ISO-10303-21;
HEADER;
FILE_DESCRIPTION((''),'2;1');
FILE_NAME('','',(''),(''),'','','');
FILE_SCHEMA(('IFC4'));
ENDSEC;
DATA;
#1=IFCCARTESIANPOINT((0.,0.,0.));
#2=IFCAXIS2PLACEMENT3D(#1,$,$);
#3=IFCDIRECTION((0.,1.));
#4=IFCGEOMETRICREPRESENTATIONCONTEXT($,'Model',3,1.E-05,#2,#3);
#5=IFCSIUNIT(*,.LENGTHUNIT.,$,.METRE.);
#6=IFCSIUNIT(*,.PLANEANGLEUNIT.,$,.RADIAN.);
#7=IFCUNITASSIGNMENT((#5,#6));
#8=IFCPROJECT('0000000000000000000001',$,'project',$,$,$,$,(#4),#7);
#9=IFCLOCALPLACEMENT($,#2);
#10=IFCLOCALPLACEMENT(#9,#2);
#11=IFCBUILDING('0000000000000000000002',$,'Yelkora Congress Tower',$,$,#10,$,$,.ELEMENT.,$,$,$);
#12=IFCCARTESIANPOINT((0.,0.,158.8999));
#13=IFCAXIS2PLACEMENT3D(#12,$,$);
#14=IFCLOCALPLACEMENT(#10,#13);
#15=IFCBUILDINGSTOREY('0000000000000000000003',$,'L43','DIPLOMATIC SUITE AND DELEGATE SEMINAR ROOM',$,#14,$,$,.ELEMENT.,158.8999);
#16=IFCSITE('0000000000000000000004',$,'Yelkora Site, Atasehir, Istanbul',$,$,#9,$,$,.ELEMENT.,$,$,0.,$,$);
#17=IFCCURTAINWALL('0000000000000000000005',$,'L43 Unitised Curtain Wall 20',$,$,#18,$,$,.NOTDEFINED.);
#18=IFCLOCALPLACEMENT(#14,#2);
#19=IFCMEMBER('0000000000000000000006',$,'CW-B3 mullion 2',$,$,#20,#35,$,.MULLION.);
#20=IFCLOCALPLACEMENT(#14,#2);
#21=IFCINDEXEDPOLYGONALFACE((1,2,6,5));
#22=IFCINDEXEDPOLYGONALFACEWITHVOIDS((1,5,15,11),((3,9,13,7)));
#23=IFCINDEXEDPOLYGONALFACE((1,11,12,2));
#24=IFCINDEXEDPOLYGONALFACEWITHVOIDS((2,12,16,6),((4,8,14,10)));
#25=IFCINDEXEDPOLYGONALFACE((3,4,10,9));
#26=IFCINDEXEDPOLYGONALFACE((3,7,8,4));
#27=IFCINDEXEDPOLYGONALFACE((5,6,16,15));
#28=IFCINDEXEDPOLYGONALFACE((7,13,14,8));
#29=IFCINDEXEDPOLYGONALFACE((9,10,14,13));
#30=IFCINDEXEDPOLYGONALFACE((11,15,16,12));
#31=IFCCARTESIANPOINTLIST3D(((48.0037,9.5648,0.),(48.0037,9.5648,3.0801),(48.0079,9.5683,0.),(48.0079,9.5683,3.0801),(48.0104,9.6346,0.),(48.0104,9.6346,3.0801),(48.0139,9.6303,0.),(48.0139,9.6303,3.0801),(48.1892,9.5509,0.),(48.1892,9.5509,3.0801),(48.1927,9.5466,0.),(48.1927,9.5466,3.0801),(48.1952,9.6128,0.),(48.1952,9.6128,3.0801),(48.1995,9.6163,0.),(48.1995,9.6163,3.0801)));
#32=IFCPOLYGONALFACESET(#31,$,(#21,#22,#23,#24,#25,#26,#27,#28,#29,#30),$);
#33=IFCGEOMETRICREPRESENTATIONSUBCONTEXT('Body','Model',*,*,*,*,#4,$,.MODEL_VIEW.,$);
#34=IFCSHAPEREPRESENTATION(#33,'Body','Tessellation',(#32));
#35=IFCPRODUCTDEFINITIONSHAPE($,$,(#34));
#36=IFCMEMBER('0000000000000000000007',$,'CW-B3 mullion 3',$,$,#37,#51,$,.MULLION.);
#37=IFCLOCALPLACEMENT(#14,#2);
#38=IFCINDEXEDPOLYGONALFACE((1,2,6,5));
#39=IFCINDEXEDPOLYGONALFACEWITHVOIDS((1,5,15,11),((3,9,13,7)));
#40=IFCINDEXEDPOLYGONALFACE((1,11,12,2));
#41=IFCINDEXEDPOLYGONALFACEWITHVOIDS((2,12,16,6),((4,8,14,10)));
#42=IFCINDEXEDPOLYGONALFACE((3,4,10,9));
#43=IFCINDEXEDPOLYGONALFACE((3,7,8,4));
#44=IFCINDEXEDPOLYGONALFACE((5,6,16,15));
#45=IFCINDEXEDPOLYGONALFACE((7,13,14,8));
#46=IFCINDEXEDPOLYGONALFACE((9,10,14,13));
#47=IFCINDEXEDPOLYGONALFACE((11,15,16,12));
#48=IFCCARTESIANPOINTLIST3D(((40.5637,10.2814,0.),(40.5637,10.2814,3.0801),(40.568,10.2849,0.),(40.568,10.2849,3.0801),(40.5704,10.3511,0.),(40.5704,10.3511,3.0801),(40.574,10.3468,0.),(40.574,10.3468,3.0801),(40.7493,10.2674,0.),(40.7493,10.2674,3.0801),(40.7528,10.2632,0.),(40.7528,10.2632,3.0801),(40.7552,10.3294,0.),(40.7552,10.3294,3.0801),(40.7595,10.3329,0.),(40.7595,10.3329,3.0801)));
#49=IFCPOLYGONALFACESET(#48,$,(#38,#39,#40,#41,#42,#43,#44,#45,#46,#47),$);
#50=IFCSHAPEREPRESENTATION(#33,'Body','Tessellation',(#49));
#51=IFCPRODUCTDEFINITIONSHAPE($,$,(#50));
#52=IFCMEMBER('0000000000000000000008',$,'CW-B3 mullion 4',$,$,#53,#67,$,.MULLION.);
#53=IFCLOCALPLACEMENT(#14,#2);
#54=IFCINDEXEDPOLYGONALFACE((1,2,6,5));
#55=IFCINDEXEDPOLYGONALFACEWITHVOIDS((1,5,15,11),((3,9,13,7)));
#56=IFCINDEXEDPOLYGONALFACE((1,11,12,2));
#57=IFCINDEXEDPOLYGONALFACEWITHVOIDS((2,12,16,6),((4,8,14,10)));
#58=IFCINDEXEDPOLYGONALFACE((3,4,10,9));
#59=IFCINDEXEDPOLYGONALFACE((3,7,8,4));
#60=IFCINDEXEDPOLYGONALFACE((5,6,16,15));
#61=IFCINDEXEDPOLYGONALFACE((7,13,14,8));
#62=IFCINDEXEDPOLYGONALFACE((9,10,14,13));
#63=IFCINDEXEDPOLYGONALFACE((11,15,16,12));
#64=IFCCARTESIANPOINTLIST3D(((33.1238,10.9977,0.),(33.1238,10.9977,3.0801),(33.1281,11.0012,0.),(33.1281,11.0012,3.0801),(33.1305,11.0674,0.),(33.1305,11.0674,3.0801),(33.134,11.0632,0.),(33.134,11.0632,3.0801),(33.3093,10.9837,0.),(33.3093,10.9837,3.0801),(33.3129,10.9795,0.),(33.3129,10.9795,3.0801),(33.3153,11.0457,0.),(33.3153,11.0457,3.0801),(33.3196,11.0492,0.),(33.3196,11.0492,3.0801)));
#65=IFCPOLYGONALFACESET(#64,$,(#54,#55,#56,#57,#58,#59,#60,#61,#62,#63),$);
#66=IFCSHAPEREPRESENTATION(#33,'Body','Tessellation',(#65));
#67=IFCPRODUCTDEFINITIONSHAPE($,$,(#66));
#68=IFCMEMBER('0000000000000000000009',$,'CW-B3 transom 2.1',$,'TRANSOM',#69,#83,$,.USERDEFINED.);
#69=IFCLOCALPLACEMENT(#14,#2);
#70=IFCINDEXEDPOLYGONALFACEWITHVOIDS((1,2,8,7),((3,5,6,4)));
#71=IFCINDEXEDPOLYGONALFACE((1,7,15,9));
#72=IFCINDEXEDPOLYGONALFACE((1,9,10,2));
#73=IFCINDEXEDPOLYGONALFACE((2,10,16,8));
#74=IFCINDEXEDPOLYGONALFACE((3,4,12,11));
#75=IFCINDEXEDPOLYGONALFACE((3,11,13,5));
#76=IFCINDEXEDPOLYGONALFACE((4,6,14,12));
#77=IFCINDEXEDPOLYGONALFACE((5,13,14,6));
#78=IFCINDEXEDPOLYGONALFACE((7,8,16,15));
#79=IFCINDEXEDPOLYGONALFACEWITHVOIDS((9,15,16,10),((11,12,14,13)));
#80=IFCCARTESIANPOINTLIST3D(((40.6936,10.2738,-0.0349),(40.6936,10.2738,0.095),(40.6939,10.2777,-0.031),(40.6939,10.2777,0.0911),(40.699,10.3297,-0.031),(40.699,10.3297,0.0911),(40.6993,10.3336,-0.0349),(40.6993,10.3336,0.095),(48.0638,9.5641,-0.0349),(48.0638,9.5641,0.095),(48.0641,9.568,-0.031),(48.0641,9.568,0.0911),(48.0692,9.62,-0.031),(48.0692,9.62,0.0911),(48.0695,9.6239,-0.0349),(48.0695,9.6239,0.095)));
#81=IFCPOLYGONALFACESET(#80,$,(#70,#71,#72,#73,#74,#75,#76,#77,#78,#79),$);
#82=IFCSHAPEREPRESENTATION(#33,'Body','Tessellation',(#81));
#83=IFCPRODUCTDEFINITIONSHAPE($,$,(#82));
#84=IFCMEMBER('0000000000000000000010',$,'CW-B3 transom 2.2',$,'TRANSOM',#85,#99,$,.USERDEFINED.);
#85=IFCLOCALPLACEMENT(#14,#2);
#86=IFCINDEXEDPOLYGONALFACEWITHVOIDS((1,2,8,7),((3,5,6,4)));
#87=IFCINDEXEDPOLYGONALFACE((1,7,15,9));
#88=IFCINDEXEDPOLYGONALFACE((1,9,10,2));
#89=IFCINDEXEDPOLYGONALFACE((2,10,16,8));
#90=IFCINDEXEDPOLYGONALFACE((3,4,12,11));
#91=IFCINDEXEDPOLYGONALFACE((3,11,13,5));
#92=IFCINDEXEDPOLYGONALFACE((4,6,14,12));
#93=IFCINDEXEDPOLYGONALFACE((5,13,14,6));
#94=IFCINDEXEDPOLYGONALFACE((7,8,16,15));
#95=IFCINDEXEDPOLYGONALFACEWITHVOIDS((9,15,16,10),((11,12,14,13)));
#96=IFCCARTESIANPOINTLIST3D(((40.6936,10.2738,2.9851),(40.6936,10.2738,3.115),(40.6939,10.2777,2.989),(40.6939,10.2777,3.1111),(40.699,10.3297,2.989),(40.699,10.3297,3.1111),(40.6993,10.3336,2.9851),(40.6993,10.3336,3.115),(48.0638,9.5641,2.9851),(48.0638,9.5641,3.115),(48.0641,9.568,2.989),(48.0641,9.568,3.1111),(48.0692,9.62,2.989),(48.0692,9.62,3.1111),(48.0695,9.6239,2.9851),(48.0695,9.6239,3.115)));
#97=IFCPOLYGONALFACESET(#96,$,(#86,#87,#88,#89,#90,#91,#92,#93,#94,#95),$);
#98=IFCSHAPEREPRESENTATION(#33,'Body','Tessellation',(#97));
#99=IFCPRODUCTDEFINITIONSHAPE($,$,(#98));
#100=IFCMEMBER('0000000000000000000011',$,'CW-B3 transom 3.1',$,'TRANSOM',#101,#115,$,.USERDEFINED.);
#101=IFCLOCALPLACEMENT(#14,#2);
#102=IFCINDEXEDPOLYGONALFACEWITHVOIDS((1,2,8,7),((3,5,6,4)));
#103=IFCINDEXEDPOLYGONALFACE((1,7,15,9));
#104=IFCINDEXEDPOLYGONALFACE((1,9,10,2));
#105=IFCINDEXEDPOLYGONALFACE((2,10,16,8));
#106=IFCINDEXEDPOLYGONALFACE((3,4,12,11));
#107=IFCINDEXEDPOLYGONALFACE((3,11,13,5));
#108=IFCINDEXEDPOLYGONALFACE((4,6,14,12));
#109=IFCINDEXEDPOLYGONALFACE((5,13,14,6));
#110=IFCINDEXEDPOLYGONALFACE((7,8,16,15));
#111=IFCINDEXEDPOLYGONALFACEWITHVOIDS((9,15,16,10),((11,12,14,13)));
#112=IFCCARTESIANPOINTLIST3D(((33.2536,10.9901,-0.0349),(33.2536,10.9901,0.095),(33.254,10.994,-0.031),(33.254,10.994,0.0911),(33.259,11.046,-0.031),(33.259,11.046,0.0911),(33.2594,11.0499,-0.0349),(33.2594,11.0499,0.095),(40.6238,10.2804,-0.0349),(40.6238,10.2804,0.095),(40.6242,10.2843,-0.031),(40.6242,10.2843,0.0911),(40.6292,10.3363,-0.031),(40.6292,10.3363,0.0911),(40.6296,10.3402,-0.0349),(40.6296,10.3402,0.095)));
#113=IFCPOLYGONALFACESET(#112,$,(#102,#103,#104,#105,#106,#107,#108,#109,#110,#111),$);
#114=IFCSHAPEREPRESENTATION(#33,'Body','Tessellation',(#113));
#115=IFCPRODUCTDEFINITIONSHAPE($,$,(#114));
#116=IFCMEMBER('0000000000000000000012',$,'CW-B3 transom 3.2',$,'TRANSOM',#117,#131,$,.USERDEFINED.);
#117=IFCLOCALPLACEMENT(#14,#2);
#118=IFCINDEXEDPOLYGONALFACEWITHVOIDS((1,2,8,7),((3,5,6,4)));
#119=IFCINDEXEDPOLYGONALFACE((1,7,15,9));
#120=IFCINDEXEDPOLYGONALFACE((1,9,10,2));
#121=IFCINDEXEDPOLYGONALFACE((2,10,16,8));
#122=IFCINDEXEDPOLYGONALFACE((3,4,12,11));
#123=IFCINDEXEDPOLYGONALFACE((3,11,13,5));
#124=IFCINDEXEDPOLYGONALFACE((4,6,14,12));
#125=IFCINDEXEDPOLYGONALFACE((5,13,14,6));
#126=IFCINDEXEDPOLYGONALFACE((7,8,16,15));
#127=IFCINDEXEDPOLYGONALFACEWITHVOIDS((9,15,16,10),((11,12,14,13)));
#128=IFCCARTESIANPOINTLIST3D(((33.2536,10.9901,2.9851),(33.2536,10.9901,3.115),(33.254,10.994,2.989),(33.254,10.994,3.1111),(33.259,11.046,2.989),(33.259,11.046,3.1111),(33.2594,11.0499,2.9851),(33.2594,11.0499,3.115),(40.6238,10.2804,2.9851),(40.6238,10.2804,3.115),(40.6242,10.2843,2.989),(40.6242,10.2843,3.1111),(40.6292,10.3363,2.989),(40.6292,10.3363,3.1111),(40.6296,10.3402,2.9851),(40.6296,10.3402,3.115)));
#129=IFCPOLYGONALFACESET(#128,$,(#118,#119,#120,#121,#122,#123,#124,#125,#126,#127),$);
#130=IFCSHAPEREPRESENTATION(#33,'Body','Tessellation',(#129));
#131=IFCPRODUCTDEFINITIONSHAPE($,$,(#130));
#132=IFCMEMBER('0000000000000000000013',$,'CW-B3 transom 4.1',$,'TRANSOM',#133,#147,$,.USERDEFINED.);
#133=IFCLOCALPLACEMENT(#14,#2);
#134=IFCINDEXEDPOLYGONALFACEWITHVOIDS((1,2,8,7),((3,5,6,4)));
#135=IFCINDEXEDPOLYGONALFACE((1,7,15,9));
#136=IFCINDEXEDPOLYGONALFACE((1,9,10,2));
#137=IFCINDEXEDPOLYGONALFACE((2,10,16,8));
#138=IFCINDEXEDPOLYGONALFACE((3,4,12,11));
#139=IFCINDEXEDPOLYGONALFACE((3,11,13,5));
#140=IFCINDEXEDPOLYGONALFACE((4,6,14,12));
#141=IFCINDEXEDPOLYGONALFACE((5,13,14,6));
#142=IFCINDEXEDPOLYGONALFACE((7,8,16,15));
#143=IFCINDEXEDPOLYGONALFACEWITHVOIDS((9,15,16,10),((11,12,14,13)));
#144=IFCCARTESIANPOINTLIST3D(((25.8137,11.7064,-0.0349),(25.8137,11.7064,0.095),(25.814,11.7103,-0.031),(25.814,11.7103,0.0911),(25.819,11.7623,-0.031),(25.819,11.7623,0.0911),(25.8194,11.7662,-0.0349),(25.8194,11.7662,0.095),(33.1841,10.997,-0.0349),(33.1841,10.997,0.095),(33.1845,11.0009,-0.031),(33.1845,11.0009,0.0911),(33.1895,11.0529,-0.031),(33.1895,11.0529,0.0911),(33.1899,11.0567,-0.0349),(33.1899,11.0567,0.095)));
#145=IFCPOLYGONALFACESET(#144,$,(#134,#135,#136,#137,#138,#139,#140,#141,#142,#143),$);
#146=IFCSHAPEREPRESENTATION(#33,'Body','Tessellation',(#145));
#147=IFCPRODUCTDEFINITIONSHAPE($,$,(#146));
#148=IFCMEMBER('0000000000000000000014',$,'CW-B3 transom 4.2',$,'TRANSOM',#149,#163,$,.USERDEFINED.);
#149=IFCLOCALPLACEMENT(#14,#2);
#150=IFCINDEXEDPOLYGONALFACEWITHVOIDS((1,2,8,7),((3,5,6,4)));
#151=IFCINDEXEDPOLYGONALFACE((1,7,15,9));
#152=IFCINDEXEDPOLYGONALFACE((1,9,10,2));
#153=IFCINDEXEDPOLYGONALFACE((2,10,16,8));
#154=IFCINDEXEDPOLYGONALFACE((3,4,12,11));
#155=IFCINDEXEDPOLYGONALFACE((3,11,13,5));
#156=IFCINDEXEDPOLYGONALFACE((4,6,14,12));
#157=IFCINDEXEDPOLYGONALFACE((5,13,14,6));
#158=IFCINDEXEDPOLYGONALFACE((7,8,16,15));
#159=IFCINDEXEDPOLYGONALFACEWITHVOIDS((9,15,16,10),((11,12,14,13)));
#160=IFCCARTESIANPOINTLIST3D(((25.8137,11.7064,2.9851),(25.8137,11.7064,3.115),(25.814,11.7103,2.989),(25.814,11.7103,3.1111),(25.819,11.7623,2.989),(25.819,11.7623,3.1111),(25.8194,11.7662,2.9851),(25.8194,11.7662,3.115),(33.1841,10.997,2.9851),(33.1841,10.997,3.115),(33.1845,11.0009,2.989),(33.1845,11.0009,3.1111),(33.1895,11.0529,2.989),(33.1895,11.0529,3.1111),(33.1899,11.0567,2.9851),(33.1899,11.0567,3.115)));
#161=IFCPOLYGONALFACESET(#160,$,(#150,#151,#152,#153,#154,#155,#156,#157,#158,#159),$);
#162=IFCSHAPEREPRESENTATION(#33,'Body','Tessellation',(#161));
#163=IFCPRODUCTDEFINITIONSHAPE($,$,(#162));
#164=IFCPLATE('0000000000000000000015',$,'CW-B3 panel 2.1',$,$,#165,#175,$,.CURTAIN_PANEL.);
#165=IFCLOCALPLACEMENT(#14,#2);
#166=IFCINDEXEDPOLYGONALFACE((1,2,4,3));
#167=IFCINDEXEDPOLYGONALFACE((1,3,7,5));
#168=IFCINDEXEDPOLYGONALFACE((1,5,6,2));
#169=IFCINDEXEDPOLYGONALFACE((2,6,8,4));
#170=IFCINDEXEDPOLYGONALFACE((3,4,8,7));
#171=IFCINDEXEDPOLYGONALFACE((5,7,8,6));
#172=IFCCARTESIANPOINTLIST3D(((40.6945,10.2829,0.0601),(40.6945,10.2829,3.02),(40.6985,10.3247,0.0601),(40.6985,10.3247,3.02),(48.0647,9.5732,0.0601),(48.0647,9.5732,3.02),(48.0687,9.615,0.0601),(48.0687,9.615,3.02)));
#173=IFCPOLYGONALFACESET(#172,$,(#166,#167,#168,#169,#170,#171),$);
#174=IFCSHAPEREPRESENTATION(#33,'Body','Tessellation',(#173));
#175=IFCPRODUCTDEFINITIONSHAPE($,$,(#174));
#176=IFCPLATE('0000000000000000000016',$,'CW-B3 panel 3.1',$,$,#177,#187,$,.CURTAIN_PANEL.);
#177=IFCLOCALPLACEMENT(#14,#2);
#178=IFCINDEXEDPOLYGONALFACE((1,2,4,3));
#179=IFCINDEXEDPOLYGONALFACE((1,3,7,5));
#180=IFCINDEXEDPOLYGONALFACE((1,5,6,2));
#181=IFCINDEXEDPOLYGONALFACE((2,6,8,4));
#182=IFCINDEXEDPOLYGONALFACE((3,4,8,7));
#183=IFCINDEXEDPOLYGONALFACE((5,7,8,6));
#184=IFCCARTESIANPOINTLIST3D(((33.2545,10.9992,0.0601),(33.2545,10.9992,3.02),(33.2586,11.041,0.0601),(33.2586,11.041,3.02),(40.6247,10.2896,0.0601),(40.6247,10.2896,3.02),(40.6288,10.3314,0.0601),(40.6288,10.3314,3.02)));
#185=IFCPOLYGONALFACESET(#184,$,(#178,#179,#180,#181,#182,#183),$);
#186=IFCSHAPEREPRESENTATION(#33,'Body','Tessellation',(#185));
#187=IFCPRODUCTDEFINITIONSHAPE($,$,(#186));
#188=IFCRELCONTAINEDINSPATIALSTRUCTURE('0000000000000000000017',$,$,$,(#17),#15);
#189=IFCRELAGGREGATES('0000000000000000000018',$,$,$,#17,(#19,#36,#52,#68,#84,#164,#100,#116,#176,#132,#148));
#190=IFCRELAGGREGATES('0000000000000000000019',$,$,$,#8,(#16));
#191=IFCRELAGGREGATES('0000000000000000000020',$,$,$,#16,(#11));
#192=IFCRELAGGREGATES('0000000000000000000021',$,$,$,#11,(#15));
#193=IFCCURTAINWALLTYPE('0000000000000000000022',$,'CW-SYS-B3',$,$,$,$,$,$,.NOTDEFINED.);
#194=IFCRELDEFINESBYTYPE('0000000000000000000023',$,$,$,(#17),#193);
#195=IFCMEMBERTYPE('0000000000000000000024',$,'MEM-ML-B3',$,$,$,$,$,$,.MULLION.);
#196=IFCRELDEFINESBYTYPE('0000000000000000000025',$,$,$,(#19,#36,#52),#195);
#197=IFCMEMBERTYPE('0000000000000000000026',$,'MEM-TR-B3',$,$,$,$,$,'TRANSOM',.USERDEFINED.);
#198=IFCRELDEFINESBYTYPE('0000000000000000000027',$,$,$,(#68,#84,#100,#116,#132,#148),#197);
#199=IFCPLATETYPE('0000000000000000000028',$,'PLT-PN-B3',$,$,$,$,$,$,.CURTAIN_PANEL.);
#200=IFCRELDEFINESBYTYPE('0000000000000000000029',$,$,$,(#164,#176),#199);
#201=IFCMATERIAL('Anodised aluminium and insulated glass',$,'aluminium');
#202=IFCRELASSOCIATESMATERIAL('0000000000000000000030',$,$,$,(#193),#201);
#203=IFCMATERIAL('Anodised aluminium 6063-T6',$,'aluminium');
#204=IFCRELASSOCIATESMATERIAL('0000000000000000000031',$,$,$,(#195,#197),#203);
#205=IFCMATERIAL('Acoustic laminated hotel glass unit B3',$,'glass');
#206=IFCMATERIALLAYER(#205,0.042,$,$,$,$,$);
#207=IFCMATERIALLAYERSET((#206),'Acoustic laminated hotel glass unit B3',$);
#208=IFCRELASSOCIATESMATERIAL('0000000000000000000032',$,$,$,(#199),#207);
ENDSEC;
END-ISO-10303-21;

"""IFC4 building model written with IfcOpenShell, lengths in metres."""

from ifc_helpers import new_model, si_unit, direction, frame, origin, origin_2d, place, context, subcontext, project, spatial, rectangle, hollow_rectangle, extrude, material, layer, layer_set, material_profile, profile_set, type_object, element, aggregate, save


model = new_model("IFC4")

# Units and contexts
model_context = context("Model", 3, precision=1e-05, world=origin(), true_north=direction((0.0, 1.0)))
body_context = subcontext(model_context, "Body", "Model", "MODEL_VIEW")
ifc_project = project(units=[si_unit("LENGTHUNIT", "METRE"), si_unit("PLANEANGLEUNIT", "RADIAN")], contexts=[model_context])

# Site, building, storey
site_placement = place(None, origin())
site = spatial("IfcSite", under=ifc_project, at=site_placement, Name="Yelkora Site, Atasehir, Istanbul", CompositionType="ELEMENT", RefElevation=0.0)
building_placement = place(site_placement, origin())
building = spatial("IfcBuilding", under=site, at=building_placement, Name="Yelkora Congress Tower", CompositionType="ELEMENT")
storey_placement = place(building_placement, frame((0.0, 0.0, 158.8999)))
storey = spatial("IfcBuildingStorey", under=building, at=storey_placement, Name="L43", Description="DIPLOMATIC SUITE AND DELEGATE SEMINAR ROOM", CompositionType="ELEMENT", Elevation=158.8999)

# Curtain wall, members, plates
ifc_material_1 = material(Name="Anodised aluminium and insulated glass", Category="aluminium")
curtain_wall_type = type_object("IfcCurtainWallType", Name="CW-SYS-B3", PredefinedType="NOTDEFINED", material=ifc_material_1)
curtain_wall_placement = place(storey_placement, origin())
curtain_wall = element("IfcCurtainWall", 1, at=curtain_wall_placement, inside=storey, type_object=curtain_wall_type, Name="L43 Unitised Curtain Wall 20", PredefinedType="NOTDEFINED")
ifc_material_2 = material(Name="Anodised aluminium 6063-T6", Category="aluminium")
ifc_material_profile_1 = material_profile(ifc_material_2, hollow_rectangle(XDim=0.0701, YDim=0.1899, WallThickness=0.0039, at=origin_2d()), Name="ALU 70x190x4")
ifc_profile_set_1 = profile_set([ifc_material_profile_1], Name="Anodised aluminium 6063-T6")
member_type_1 = type_object("IfcMemberType", Name="MEM-ML-B3", PredefinedType="MULLION", material=ifc_profile_set_1)
member_1_placement = place(storey_placement, frame((48.1016, 9.5906, 0.0), z_axis=(0.0, 0.0, 1.0), x_axis=(-0.095845, -0.995396, 0.0)))
member_1 = element("IfcMember", 2, at=member_1_placement, type_object=member_type_1, Name="CW-B3 mullion 2", PredefinedType="MULLION", context=body_context, shape_type="SweptSolid", body=[
    extrude(hollow_rectangle(XDim=0.0701, YDim=0.1899, WallThickness=0.0039, at=origin_2d()), origin(), (0.0, 0.0, 1.0), 3.0801),
])
member_2_placement = place(storey_placement, frame((40.6616, 10.3071, 0.0), z_axis=(0.0, 0.0, 1.0), x_axis=(-0.095845, -0.995396, 0.0)))
member_2 = element("IfcMember", 3, at=member_2_placement, type_object=member_type_1, Name="CW-B3 mullion 3", PredefinedType="MULLION", context=body_context, shape_type="SweptSolid", body=[
    extrude(hollow_rectangle(XDim=0.0701, YDim=0.1899, WallThickness=0.0039, at=origin_2d()), origin(), (0.0, 0.0, 1.0), 3.0801),
])
member_3_placement = place(storey_placement, frame((33.2217, 11.0234, 0.0), z_axis=(0.0, 0.0, 1.0), x_axis=(-0.095845, -0.995396, 0.0)))
member_3 = element("IfcMember", 4, at=member_3_placement, type_object=member_type_1, Name="CW-B3 mullion 4", PredefinedType="MULLION", context=body_context, shape_type="SweptSolid", body=[
    extrude(hollow_rectangle(XDim=0.0701, YDim=0.1899, WallThickness=0.0039, at=origin_2d()), origin(), (0.0, 0.0, 1.0), 3.0801),
])
ifc_material_profile_2 = material_profile(ifc_material_2, hollow_rectangle(XDim=0.0601, YDim=0.1299, WallThickness=0.0039, at=origin_2d()), Name="ALU 60x130x4")
ifc_profile_set_2 = profile_set([ifc_material_profile_2], Name="Anodised aluminium 6063-T6")
member_type_2 = type_object("IfcMemberType", Name="MEM-TR-B3", ElementType="TRANSOM", PredefinedType="USERDEFINED", material=ifc_profile_set_2)
member_4_placement = place(storey_placement, frame((48.0667, 9.594, 0.03), z_axis=(-0.995395, 0.095853, 0.0), x_axis=(-0.095853, -0.995395, 0.0)))
member_4 = element("IfcMember", 5, at=member_4_placement, type_object=member_type_2, Name="CW-B3 transom 2.1", ObjectType="TRANSOM", PredefinedType="USERDEFINED", context=body_context, shape_type="SweptSolid", body=[
    extrude(hollow_rectangle(XDim=0.0601, YDim=0.1299, WallThickness=0.0039, at=origin_2d()), origin(), (0.0, 0.0, 1.0), 7.4043),
])
member_5_placement = place(storey_placement, frame((48.0667, 9.594, 3.05), z_axis=(-0.995395, 0.095853, 0.0), x_axis=(-0.095853, -0.995395, 0.0)))
member_5 = element("IfcMember", 6, at=member_5_placement, type_object=member_type_2, Name="CW-B3 transom 2.2", ObjectType="TRANSOM", PredefinedType="USERDEFINED", context=body_context, shape_type="SweptSolid", body=[
    extrude(hollow_rectangle(XDim=0.0601, YDim=0.1299, WallThickness=0.0039, at=origin_2d()), origin(), (0.0, 0.0, 1.0), 7.4043),
])
member_6_placement = place(storey_placement, frame((40.6267, 10.3103, 0.03), z_axis=(-0.995395, 0.095853, 0.0), x_axis=(-0.095853, -0.995395, 0.0)))
member_6 = element("IfcMember", 7, at=member_6_placement, type_object=member_type_2, Name="CW-B3 transom 3.1", ObjectType="TRANSOM", PredefinedType="USERDEFINED", context=body_context, shape_type="SweptSolid", body=[
    extrude(hollow_rectangle(XDim=0.0601, YDim=0.1299, WallThickness=0.0039, at=origin_2d()), origin(), (0.0, 0.0, 1.0), 7.4043),
])
member_7_placement = place(storey_placement, frame((40.6267, 10.3103, 3.05), z_axis=(-0.995395, 0.095853, 0.0), x_axis=(-0.095853, -0.995395, 0.0)))
member_7 = element("IfcMember", 8, at=member_7_placement, type_object=member_type_2, Name="CW-B3 transom 3.2", ObjectType="TRANSOM", PredefinedType="USERDEFINED", context=body_context, shape_type="SweptSolid", body=[
    extrude(hollow_rectangle(XDim=0.0601, YDim=0.1299, WallThickness=0.0039, at=origin_2d()), origin(), (0.0, 0.0, 1.0), 7.4043),
])
member_8_placement = place(storey_placement, frame((33.187, 11.0269, 0.03), z_axis=(-0.995399, 0.095817, 0.0), x_axis=(-0.095817, -0.995399, 0.0)))
member_8 = element("IfcMember", 9, at=member_8_placement, type_object=member_type_2, Name="CW-B3 transom 4.1", ObjectType="TRANSOM", PredefinedType="USERDEFINED", context=body_context, shape_type="SweptSolid", body=[
    extrude(hollow_rectangle(XDim=0.0601, YDim=0.1299, WallThickness=0.0039, at=origin_2d()), origin(), (0.0, 0.0, 1.0), 7.4045),
])
member_9_placement = place(storey_placement, frame((33.187, 11.0269, 3.05), z_axis=(-0.995399, 0.095817, 0.0), x_axis=(-0.095817, -0.995399, 0.0)))
member_9 = element("IfcMember", 10, at=member_9_placement, type_object=member_type_2, Name="CW-B3 transom 4.2", ObjectType="TRANSOM", PredefinedType="USERDEFINED", context=body_context, shape_type="SweptSolid", body=[
    extrude(hollow_rectangle(XDim=0.0601, YDim=0.1299, WallThickness=0.0039, at=origin_2d()), origin(), (0.0, 0.0, 1.0), 7.4045),
])
ifc_material_3 = material(Name="Acoustic laminated hotel glass unit B3", Category="glass")
ifc_layer_1 = layer(ifc_material_3, 0.042)
ifc_layer_set_1 = layer_set([ifc_layer_1], Name="Acoustic laminated hotel glass unit B3")
plate_type = type_object("IfcPlateType", Name="PLT-PN-B3", PredefinedType="CURTAIN_PANEL", material=ifc_layer_set_1)
plate_1_placement = place(storey_placement, frame((44.3816, 9.949, 0.0601), z_axis=(0.0, 0.0, 1.0), x_axis=(-0.995396, 0.095845, 0.0)))
plate_1 = element("IfcPlate", 11, at=plate_1_placement, type_object=plate_type, Name="CW-B3 panel 2.1", PredefinedType="CURTAIN_PANEL", context=body_context, shape_type="SweptSolid", body=[
    extrude(rectangle(XDim=7.4043, YDim=0.042, at=origin_2d()), origin(), (0.0, 0.0, 1.0), 2.96),
])
plate_2_placement = place(storey_placement, frame((36.9417, 10.6653, 0.0601), z_axis=(0.0, 0.0, 1.0), x_axis=(-0.995396, 0.095845, 0.0)))
plate_2 = element("IfcPlate", 12, at=plate_2_placement, type_object=plate_type, Name="CW-B3 panel 3.1", PredefinedType="CURTAIN_PANEL", context=body_context, shape_type="SweptSolid", body=[
    extrude(rectangle(XDim=7.4043, YDim=0.042, at=origin_2d()), origin(), (0.0, 0.0, 1.0), 2.96),
])
aggregate(curtain_wall, [member_1, member_2, member_3, member_4, member_5, plate_1, member_6, member_7, plate_2, member_8, member_9])

save(model, "model.ifc")
